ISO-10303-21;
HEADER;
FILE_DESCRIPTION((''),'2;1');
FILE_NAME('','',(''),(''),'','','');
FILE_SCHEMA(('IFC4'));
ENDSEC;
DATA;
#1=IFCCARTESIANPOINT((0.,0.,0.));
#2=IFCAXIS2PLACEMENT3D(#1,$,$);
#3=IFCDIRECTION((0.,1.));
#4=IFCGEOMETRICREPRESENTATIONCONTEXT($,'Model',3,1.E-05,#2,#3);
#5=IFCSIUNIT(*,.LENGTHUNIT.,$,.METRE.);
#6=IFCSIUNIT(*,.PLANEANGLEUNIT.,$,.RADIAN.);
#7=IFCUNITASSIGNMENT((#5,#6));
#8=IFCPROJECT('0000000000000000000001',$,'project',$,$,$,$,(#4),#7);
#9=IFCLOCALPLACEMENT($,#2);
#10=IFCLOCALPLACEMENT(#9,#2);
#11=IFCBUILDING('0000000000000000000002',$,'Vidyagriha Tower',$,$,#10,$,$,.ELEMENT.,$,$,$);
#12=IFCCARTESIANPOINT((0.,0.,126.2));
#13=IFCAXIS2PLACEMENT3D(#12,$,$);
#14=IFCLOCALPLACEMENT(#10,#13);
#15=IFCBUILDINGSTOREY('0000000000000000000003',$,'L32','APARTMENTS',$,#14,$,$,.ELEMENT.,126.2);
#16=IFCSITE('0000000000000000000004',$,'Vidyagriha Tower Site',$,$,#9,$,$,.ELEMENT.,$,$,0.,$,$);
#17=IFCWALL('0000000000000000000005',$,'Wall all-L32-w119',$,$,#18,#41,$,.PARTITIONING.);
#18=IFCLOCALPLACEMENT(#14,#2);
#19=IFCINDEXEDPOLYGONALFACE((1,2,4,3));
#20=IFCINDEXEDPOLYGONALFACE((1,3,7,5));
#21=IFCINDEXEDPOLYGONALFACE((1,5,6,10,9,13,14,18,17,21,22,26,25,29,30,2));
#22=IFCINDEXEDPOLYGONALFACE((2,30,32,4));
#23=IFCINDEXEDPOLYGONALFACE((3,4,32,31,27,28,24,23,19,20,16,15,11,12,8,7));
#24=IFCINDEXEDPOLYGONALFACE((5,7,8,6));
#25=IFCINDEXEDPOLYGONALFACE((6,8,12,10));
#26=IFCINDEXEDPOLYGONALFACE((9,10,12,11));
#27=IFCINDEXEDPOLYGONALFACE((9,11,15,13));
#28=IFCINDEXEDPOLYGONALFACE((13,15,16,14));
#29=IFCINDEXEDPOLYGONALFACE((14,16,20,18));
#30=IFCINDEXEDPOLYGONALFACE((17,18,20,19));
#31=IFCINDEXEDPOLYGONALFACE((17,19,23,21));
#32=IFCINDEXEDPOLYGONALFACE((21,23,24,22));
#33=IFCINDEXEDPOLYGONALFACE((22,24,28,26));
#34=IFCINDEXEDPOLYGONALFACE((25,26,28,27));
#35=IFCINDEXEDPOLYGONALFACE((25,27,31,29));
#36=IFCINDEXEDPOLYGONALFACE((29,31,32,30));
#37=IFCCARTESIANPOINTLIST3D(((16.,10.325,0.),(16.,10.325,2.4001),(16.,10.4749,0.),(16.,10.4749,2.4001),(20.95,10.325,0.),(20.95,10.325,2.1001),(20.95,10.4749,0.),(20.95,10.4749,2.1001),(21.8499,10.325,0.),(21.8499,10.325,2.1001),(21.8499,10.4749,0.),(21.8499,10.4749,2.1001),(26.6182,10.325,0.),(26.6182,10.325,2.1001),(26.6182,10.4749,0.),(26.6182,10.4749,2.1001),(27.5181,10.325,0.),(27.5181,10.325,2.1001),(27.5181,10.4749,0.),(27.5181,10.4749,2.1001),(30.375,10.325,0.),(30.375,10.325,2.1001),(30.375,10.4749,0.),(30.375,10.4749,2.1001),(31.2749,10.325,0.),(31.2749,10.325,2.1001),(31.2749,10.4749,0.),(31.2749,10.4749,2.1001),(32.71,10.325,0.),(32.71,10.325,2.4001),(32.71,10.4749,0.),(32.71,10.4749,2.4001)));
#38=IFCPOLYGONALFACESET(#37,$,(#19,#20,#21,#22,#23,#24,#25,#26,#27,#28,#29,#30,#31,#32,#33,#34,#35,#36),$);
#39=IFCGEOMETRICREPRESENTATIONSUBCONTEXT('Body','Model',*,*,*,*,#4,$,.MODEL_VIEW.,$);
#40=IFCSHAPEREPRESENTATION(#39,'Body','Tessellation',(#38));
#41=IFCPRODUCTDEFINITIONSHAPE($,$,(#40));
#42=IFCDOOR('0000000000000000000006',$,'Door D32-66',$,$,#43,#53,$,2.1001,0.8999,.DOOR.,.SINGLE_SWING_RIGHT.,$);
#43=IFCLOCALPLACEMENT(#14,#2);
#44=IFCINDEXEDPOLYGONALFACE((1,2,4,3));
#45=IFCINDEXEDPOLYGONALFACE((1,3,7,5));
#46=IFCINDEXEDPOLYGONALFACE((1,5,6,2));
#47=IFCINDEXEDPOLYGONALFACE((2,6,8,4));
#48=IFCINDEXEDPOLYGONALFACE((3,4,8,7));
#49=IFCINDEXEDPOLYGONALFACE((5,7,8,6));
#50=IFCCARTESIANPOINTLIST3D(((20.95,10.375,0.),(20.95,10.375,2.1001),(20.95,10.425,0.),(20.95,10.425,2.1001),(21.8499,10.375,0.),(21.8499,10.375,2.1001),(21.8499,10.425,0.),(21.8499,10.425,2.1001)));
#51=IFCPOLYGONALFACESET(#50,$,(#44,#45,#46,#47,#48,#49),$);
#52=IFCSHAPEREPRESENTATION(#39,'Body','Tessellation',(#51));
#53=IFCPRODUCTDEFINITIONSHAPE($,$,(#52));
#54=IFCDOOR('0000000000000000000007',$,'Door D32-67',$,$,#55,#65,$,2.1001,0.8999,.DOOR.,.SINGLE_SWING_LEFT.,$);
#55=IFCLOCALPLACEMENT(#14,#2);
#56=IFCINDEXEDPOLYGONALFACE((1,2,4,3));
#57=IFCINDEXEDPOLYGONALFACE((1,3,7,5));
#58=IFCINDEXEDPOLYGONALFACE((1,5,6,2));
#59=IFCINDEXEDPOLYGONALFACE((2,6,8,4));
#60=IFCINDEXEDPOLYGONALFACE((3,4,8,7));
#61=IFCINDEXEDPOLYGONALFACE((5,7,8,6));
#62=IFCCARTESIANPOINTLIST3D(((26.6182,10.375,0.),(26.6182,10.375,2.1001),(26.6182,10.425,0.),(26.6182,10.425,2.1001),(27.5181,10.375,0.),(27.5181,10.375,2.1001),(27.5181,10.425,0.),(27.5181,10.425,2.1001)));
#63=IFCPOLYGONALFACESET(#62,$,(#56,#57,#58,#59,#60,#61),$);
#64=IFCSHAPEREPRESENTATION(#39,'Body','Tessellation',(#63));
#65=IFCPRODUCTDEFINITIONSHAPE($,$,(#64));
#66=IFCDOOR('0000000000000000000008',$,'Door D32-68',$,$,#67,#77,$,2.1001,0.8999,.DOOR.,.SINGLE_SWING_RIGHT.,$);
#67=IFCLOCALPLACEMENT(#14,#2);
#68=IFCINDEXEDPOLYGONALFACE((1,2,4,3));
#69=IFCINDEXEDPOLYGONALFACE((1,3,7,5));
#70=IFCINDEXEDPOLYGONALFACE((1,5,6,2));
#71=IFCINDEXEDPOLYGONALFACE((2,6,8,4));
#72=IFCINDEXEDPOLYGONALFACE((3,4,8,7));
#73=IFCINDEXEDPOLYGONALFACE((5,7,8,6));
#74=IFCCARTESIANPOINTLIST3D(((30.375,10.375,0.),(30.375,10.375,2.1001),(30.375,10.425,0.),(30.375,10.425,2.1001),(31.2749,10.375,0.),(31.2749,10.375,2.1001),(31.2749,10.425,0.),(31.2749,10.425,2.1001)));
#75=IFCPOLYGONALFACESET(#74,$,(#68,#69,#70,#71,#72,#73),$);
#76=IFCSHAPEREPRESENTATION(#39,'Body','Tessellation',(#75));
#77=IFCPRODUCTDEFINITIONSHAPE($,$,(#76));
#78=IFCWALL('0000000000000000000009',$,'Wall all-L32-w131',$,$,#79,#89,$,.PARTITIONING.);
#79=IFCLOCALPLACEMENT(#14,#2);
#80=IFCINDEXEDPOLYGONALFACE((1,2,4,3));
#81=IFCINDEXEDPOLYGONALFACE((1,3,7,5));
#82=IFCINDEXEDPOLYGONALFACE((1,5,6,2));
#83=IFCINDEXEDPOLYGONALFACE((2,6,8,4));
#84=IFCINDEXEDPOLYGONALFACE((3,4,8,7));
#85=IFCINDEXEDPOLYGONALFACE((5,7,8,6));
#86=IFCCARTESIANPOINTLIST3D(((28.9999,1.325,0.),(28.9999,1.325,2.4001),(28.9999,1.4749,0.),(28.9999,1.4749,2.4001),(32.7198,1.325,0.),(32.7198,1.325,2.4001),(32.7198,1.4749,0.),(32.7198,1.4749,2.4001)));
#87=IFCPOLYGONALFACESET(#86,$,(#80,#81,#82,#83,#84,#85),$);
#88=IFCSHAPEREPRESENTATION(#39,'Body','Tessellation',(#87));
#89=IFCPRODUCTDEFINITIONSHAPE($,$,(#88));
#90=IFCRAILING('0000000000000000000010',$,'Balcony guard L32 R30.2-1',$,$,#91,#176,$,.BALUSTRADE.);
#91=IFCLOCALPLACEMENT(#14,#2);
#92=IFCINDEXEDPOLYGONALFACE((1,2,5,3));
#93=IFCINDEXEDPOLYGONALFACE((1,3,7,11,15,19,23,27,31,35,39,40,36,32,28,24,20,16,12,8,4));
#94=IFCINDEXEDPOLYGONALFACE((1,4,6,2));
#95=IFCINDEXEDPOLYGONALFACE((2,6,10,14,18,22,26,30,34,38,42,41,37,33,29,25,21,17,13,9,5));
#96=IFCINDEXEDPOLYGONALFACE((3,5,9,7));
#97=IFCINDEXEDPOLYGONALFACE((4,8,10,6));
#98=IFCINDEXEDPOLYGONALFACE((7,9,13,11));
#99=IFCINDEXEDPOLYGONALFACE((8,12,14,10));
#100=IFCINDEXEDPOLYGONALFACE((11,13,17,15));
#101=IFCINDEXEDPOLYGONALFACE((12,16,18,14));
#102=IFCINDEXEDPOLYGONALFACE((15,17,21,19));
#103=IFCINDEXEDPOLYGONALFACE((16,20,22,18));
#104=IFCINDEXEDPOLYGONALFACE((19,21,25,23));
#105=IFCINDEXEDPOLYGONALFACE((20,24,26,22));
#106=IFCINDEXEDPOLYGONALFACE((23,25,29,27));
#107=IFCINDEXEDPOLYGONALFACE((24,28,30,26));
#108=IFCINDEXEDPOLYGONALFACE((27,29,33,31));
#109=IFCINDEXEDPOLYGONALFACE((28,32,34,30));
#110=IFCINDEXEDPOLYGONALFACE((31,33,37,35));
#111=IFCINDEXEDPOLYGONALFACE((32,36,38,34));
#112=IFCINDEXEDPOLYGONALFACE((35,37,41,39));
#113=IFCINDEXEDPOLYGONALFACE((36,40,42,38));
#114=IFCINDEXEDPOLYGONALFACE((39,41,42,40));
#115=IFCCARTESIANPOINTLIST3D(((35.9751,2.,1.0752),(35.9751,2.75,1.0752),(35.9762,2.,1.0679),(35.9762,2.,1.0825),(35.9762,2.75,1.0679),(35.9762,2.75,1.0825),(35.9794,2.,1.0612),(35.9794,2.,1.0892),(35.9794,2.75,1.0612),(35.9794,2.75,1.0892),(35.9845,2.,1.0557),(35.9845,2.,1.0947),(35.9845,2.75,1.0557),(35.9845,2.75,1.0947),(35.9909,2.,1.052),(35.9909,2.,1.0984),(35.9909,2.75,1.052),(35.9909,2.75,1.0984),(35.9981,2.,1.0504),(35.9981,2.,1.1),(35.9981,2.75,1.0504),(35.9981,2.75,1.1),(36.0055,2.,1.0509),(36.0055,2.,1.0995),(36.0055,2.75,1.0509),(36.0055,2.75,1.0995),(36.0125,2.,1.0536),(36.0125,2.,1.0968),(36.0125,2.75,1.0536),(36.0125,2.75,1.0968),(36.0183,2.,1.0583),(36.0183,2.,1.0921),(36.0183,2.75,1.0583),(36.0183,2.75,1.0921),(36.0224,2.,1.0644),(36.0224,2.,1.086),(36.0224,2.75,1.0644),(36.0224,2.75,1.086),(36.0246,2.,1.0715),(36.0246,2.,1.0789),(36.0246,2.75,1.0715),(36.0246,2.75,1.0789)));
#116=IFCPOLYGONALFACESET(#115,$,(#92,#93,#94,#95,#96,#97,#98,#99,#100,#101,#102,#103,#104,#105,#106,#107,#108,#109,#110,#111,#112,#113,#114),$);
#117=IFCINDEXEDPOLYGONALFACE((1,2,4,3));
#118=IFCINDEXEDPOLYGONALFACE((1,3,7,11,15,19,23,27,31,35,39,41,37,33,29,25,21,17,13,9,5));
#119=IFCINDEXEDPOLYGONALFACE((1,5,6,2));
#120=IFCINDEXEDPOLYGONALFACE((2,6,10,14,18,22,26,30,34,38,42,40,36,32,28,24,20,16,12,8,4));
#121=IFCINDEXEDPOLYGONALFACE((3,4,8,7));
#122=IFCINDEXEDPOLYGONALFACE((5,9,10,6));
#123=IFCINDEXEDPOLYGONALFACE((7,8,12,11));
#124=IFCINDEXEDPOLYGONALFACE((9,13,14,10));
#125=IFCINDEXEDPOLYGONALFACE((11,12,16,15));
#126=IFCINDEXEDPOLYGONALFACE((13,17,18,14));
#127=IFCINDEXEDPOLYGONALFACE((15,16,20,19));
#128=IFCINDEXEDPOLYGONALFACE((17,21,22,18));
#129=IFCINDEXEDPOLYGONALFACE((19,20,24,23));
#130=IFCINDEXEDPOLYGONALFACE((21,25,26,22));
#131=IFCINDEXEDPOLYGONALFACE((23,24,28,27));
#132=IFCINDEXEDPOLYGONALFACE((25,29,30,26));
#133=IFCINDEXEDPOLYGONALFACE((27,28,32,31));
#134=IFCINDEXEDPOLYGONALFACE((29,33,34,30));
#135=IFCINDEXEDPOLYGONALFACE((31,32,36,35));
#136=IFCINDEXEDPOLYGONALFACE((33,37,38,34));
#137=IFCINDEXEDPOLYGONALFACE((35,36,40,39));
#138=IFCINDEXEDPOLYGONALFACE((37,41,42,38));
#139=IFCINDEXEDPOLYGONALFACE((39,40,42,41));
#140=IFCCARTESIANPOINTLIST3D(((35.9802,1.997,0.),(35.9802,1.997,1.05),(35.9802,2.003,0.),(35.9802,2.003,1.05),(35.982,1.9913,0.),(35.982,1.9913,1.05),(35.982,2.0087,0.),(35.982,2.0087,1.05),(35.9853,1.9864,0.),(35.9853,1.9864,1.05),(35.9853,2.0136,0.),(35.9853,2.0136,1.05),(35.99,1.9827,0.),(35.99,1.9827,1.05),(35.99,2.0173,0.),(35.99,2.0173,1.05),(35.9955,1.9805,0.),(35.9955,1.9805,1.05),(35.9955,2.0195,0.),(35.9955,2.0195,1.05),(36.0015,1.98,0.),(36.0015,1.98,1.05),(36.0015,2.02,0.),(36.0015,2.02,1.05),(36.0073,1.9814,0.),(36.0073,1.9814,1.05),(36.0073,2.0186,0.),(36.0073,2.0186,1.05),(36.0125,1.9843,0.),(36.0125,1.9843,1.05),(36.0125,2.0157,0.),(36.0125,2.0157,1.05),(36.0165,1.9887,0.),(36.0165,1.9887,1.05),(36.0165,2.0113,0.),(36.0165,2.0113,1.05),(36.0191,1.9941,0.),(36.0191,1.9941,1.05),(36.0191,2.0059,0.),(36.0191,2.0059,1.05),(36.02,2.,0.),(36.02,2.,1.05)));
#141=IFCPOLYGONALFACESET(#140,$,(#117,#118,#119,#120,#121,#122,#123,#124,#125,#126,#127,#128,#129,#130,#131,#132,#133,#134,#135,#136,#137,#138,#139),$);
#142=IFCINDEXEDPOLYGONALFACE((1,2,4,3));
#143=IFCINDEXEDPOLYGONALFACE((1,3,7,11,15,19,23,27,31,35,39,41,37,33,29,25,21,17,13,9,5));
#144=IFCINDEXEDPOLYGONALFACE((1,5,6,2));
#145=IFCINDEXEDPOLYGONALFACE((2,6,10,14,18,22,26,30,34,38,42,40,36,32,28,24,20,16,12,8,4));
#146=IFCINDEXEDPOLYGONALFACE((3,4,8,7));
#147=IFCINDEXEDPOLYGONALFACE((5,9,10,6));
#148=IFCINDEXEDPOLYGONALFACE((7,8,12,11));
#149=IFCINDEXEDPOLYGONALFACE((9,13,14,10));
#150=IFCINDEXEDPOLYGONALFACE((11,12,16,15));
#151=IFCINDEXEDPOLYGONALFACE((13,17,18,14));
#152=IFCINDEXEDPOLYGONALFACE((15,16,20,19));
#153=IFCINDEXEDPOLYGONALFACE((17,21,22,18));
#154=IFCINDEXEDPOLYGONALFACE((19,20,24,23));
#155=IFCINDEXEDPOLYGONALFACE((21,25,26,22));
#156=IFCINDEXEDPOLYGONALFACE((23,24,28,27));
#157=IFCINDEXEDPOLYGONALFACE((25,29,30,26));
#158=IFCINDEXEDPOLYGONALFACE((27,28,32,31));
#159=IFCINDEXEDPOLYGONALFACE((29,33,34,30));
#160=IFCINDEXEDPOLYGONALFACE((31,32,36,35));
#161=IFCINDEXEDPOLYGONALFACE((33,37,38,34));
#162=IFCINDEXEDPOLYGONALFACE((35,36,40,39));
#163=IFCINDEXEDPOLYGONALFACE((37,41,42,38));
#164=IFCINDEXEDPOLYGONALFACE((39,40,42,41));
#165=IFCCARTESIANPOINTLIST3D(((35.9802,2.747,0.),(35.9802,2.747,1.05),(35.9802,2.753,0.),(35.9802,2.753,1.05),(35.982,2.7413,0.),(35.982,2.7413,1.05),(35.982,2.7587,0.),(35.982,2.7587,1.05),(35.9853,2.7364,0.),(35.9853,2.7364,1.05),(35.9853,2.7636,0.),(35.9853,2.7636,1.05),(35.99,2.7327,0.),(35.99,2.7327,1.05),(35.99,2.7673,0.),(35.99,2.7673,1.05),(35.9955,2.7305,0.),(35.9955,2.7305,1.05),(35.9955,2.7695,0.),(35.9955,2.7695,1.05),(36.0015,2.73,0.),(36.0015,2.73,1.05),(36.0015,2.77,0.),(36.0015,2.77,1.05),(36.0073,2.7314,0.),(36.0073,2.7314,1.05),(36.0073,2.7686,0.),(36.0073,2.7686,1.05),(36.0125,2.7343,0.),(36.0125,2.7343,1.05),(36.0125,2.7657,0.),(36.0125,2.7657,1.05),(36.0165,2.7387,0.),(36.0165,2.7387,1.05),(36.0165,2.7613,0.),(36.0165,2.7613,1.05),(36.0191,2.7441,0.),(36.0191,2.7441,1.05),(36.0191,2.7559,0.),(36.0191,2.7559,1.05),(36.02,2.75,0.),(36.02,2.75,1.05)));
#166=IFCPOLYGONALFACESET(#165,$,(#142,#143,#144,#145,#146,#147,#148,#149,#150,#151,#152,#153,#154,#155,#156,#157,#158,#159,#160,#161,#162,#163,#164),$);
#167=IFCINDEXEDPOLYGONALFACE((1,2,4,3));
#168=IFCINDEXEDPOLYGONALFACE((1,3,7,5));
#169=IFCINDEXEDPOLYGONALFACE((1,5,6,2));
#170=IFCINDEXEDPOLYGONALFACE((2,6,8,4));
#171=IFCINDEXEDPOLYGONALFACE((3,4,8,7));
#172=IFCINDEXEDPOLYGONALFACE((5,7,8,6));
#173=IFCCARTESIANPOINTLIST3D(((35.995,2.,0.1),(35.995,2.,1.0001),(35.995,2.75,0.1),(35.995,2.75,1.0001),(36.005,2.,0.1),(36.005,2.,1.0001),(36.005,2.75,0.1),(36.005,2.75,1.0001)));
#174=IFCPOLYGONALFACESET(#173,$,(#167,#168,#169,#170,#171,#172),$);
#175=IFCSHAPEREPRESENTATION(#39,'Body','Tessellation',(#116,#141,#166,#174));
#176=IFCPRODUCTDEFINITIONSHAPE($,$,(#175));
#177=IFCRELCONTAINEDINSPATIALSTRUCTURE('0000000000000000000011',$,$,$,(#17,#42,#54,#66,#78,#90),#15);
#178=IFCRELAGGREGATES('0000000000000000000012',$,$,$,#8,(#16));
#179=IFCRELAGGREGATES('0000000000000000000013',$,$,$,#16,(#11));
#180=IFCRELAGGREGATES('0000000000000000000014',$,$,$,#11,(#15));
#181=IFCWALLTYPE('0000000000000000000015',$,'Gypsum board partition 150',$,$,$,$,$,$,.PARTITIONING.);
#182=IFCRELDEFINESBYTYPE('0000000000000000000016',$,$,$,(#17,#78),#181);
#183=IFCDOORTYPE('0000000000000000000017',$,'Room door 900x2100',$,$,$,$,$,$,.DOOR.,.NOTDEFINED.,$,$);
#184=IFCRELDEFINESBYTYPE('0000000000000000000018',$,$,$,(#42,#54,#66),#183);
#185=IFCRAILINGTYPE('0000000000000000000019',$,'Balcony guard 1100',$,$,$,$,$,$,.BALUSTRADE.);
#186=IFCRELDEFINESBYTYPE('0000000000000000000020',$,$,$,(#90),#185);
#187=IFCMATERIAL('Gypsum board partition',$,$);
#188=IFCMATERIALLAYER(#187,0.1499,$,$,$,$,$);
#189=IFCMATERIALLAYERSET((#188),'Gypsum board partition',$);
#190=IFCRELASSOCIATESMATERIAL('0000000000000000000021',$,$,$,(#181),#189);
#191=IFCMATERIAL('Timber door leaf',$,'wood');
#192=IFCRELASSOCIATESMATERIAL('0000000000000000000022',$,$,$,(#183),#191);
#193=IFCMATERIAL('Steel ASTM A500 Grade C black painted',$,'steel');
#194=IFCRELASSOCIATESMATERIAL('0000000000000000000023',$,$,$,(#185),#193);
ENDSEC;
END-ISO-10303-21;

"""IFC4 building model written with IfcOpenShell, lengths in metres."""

from ifc_helpers import new_model, si_unit, direction, frame, frame_2d, origin, origin_2d, place, context, subcontext, project, spatial, rectangle, circle, extrude, material, layer, layer_set, type_object, element, fill, save


model = new_model("IFC4")

# Units and contexts
model_context = context("Model", 3, precision=1e-05, world=origin(), true_north=direction((0.0, 1.0)))
body_context = subcontext(model_context, "Body", "Model", "MODEL_VIEW")
ifc_project = project(units=[si_unit("LENGTHUNIT", "METRE"), si_unit("PLANEANGLEUNIT", "RADIAN")], contexts=[model_context])

# Site, building, storey
site_placement = place(None, origin())
site = spatial("IfcSite", under=ifc_project, at=site_placement, Name="Vidyagriha Tower Site", CompositionType="ELEMENT", RefElevation=0.0)
building_placement = place(site_placement, origin())
building = spatial("IfcBuilding", under=site, at=building_placement, Name="Vidyagriha Tower", CompositionType="ELEMENT")
storey_placement = place(building_placement, frame((0.0, 0.0, 126.2)))
storey = spatial("IfcBuildingStorey", under=building, at=storey_placement, Name="L32", Description="APARTMENTS", CompositionType="ELEMENT", Elevation=126.2)

# Shared definitions
ifc_material_1 = material(Name="Gypsum board partition")
ifc_layer_1 = layer(ifc_material_1, 0.1499)
ifc_layer_set_1 = layer_set([ifc_layer_1], Name="Gypsum board partition")
wall_type_1 = type_object("IfcWallType", Name="Gypsum board partition 150", PredefinedType="PARTITIONING", material=ifc_layer_set_1)

# Wall, openings, doors
wall_1_placement = place(storey_placement, frame((32.71, 10.3999, 0.0), z_axis=(0.0, 0.0, 1.0), x_axis=(-1.0, 0.0, 0.0)))
wall_1 = element("IfcWall", 1, at=wall_1_placement, inside=storey, type_object=wall_type_1, Name="Wall all-L32-w119", PredefinedType="PARTITIONING", context=body_context, shape_type="SweptSolid", body=[
    extrude(rectangle(XDim=16.71, YDim=0.1499, at=frame_2d((8.355, 0.0))), origin(), (0.0, 0.0, 1.0), 2.4001),
])
opening_1_placement = place(wall_1_placement, frame((10.8601, 0.0, 0.0)))
opening_1 = element("IfcOpeningElement", 2, at=opening_1_placement, cuts=wall_1, PredefinedType="OPENING", context=body_context, shape_type="SweptSolid", body=[
    extrude(rectangle(XDim=0.8999, YDim=2.1001, at=frame_2d((0.45, 1.05))), frame((0.0, 0.085, 0.0), z_axis=(0.0, -1.0, 0.0), x_axis=(1.0, 0.0, 0.0)), (0.0, 0.0, 1.0), 0.1699),
])
opening_2_placement = place(wall_1_placement, frame((5.1919, 0.0, 0.0)))
opening_2 = element("IfcOpeningElement", 3, at=opening_2_placement, cuts=wall_1, PredefinedType="OPENING", context=body_context, shape_type="SweptSolid", body=[
    extrude(rectangle(XDim=0.8999, YDim=2.1001, at=frame_2d((0.45, 1.05))), frame((0.0, 0.085, 0.0), z_axis=(0.0, -1.0, 0.0), x_axis=(1.0, 0.0, 0.0)), (0.0, 0.0, 1.0), 0.1699),
])
opening_3_placement = place(wall_1_placement, frame((1.4351, 0.0, 0.0)))
opening_3 = element("IfcOpeningElement", 4, at=opening_3_placement, cuts=wall_1, PredefinedType="OPENING", context=body_context, shape_type="SweptSolid", body=[
    extrude(rectangle(XDim=0.8999, YDim=2.1001, at=frame_2d((0.45, 1.05))), frame((0.0, 0.085, 0.0), z_axis=(0.0, -1.0, 0.0), x_axis=(1.0, 0.0, 0.0)), (0.0, 0.0, 1.0), 0.1699),
])
ifc_material_2 = material(Name="Timber door leaf", Category="wood")
door_type_1 = type_object("IfcDoorType", Name="Room door 900x2100", OperationType="NOTDEFINED", PredefinedType="DOOR", material=ifc_material_2)
door_1_placement = place(opening_1_placement, origin())
door_1 = element("IfcDoor", 5, at=door_1_placement, inside=storey, type_object=door_type_1, Name="Door D32-66", OperationType="SINGLE_SWING_RIGHT", OverallHeight=2.1001, OverallWidth=0.8999, PredefinedType="DOOR", context=body_context, shape_type="SweptSolid", body=[
    extrude(rectangle(XDim=0.8999, YDim=2.1001, at=frame_2d((0.45, 1.05))), frame((0.0, 0.0249, 0.0), z_axis=(0.0, -1.0, 0.0), x_axis=(1.0, 0.0, 0.0)), (0.0, 0.0, 1.0), 0.05),
])
fill(opening_1, door_1)
door_2_placement = place(opening_2_placement, origin())
door_2 = element("IfcDoor", 6, at=door_2_placement, inside=storey, type_object=door_type_1, Name="Door D32-67", OperationType="SINGLE_SWING_LEFT", OverallHeight=2.1001, OverallWidth=0.8999, PredefinedType="DOOR", context=body_context, shape_type="SweptSolid", body=[
    extrude(rectangle(XDim=0.8999, YDim=2.1001, at=frame_2d((0.45, 1.05))), frame((0.0, 0.0249, 0.0), z_axis=(0.0, -1.0, 0.0), x_axis=(1.0, 0.0, 0.0)), (0.0, 0.0, 1.0), 0.05),
])
fill(opening_2, door_2)
door_3_placement = place(opening_3_placement, origin())
door_3 = element("IfcDoor", 7, at=door_3_placement, inside=storey, type_object=door_type_1, Name="Door D32-68", OperationType="SINGLE_SWING_RIGHT", OverallHeight=2.1001, OverallWidth=0.8999, PredefinedType="DOOR", context=body_context, shape_type="SweptSolid", body=[
    extrude(rectangle(XDim=0.8999, YDim=2.1001, at=frame_2d((0.45, 1.05))), frame((0.0, 0.0249, 0.0), z_axis=(0.0, -1.0, 0.0), x_axis=(1.0, 0.0, 0.0)), (0.0, 0.0, 1.0), 0.05),
])
fill(opening_3, door_3)

# Wall
wall_2_placement = place(storey_placement, frame((29.0, 1.3999, 0.0)))
element("IfcWall", 8, at=wall_2_placement, inside=storey, type_object=wall_type_1, Name="Wall all-L32-w131", PredefinedType="PARTITIONING", context=body_context, shape_type="SweptSolid", body=[
    extrude(rectangle(XDim=3.72, YDim=0.1499, at=frame_2d((1.8599, 0.0))), origin(), (0.0, 0.0, 1.0), 2.4001),
])

# Railing
ifc_material_3 = material(Name="Steel ASTM A500 Grade C black painted", Category="steel")
railing_type_1 = type_object("IfcRailingType", Name="Balcony guard 1100", PredefinedType="BALUSTRADE", material=ifc_material_3)
railing_1_placement = place(storey_placement, frame((36.0, 2.0, 0.0)))
element("IfcRailing", 9, at=railing_1_placement, inside=storey, type_object=railing_type_1, Name="Balcony guard L32 R30.2-1", PredefinedType="BALUSTRADE", context=body_context, shape_type="SweptSolid", body=[
    extrude(circle(Radius=0.0249, at=origin_2d()), frame((0.0, 0.0, 1.0752), z_axis=(0.0, 1.0, 0.0), x_axis=(-1.0, 0.0, 0.0)), (0.0, 0.0, 1.0), 0.75),
    extrude(circle(Radius=0.02, at=origin_2d()), origin(), (0.0, 0.0, 1.0), 1.05),
    extrude(circle(Radius=0.02, at=origin_2d()), frame((0.0, 0.75, 0.0)), (0.0, 0.0, 1.0), 1.05),
    extrude(rectangle(XDim=0.01, YDim=0.9001, at=origin_2d()), frame((0.0, 0.0, 0.55), z_axis=(0.0, 1.0, 0.0), x_axis=(-1.0, 0.0, 0.0)), (0.0, 0.0, 1.0), 0.75),
])

save(model, "model.ifc")
